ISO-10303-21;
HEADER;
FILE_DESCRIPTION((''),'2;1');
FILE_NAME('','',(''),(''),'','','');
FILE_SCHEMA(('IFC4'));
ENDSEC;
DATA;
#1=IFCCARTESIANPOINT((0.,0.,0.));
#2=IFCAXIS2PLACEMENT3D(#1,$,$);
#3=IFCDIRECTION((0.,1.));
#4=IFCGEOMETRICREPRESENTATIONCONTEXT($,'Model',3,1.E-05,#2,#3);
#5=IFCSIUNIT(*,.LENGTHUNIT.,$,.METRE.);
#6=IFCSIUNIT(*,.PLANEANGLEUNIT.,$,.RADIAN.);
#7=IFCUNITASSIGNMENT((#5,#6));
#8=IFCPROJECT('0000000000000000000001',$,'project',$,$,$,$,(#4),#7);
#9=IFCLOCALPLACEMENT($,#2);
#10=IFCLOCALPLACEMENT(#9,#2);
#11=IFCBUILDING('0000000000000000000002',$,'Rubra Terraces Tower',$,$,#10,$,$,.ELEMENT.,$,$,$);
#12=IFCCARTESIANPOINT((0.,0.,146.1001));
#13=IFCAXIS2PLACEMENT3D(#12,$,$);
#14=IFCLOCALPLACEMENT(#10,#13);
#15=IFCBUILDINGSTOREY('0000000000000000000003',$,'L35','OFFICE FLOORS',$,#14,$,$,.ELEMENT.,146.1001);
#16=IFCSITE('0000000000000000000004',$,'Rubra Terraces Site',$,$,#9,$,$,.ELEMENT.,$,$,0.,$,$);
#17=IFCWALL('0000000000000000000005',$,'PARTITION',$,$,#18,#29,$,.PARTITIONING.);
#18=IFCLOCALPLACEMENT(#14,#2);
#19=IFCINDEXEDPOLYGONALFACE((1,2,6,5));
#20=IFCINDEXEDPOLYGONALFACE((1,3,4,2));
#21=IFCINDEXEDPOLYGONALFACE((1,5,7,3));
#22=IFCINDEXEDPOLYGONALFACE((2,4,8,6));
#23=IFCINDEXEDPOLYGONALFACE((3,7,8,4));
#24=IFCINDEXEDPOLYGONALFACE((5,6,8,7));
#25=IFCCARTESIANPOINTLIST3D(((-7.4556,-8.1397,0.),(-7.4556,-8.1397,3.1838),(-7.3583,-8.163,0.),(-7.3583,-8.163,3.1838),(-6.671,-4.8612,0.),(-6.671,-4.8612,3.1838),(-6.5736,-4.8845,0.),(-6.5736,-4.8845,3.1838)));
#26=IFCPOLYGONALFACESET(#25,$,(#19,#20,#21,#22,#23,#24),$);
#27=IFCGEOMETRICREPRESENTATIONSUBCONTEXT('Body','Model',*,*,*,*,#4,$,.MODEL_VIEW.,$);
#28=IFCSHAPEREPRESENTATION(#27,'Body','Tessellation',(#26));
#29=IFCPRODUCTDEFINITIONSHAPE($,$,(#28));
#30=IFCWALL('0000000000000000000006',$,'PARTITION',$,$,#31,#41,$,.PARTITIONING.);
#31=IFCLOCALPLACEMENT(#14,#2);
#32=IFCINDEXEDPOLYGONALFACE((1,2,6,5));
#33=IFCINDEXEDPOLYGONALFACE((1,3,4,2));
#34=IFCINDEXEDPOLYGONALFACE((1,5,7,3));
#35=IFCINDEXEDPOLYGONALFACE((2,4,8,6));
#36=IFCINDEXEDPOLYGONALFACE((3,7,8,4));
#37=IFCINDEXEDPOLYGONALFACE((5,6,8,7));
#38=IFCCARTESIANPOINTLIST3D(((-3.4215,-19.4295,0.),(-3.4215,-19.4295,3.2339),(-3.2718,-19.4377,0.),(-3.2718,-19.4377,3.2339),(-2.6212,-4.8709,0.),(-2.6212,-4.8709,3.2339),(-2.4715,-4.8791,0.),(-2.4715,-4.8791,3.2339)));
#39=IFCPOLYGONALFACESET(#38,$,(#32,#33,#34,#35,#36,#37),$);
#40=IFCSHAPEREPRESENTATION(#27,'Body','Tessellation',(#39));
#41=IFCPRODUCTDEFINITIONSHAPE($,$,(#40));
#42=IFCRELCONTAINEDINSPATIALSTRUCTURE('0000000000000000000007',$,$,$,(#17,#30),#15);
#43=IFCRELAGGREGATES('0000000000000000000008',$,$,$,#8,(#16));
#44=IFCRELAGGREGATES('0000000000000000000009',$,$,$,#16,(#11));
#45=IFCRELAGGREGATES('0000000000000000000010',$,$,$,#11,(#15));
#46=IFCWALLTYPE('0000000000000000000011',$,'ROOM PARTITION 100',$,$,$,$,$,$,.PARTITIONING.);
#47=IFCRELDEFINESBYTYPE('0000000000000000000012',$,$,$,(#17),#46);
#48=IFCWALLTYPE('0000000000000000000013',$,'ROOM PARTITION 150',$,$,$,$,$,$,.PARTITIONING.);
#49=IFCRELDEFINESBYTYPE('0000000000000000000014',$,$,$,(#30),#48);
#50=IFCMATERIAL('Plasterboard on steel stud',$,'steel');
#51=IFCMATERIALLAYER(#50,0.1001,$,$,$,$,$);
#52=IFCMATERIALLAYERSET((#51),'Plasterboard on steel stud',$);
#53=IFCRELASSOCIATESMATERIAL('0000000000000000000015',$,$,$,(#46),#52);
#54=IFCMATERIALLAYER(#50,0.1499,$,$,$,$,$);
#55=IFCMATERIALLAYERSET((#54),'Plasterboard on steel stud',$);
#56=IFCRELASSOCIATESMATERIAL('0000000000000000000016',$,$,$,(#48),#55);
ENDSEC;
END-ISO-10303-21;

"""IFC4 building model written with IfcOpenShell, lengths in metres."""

from ifc_helpers import new_model, si_unit, direction, frame, frame_2d, origin, place, context, subcontext, project, spatial, rectangle, extrude, material, layer, layer_set, type_object, element, save


model = new_model("IFC4")

# Units and contexts
model_context = context("Model", 3, precision=1e-05, world=origin(), true_north=direction((0.0, 1.0)))
body_context = subcontext(model_context, "Body", "Model", "MODEL_VIEW")
ifc_project = project(units=[si_unit("LENGTHUNIT", "METRE"), si_unit("PLANEANGLEUNIT", "RADIAN")], contexts=[model_context])

# Site, building, storey
site_placement = place(None, origin())
site = spatial("IfcSite", under=ifc_project, at=site_placement, Name="Rubra Terraces Site", CompositionType="ELEMENT", RefElevation=0.0)
building_placement = place(site_placement, origin())
building = spatial("IfcBuilding", under=site, at=building_placement, Name="Rubra Terraces Tower", CompositionType="ELEMENT")
storey_placement = place(building_placement, frame((0.0, 0.0, 146.1001)))
storey = spatial("IfcBuildingStorey", under=building, at=storey_placement, Name="L35", Description="OFFICE FLOORS", CompositionType="ELEMENT", Elevation=146.1001)

# Shared definitions
ifc_material_1 = material(Name="Plasterboard on steel stud", Category="steel")
ifc_layer_1 = layer(ifc_material_1, 0.1001)
ifc_layer_set_1 = layer_set([ifc_layer_1], Name="Plasterboard on steel stud")
wall_type_1 = type_object("IfcWallType", Name="ROOM PARTITION 100", PredefinedType="PARTITIONING", material=ifc_layer_set_1)

# Walls
wall_1_placement = place(storey_placement, frame((-6.6223, -4.8728, 0.0), z_axis=(0.0, 0.0, 1.0), x_axis=(-0.232759, -0.972534, 0.0)))
element("IfcWall", 1, at=wall_1_placement, inside=storey, type_object=wall_type_1, Name="PARTITION", PredefinedType="PARTITIONING", context=body_context, shape_type="SweptSolid", body=[
    extrude(rectangle(XDim=3.3711, YDim=0.1001, at=frame_2d((1.6855, 0.0))), origin(), (0.0, 0.0, 1.0), 3.1838),
])
ifc_layer_2 = layer(ifc_material_1, 0.1499)
ifc_layer_set_2 = layer_set([ifc_layer_2], Name="Plasterboard on steel stud")
wall_type_2 = type_object("IfcWallType", Name="ROOM PARTITION 150", PredefinedType="PARTITIONING", material=ifc_layer_set_2)
wall_2_placement = place(storey_placement, frame((-3.3467, -19.4336, 0.0), z_axis=(0.0, 0.0, 1.0), x_axis=(0.054888, 0.998493, 0.0)))
element("IfcWall", 2, at=wall_2_placement, inside=storey, type_object=wall_type_2, Name="PARTITION", PredefinedType="PARTITIONING", context=body_context, shape_type="SweptSolid", body=[
    extrude(rectangle(XDim=14.5806, YDim=0.1499, at=frame_2d((7.2903, 0.0))), origin(), (0.0, 0.0, 1.0), 3.2339),
])

save(model, "model.ifc")
